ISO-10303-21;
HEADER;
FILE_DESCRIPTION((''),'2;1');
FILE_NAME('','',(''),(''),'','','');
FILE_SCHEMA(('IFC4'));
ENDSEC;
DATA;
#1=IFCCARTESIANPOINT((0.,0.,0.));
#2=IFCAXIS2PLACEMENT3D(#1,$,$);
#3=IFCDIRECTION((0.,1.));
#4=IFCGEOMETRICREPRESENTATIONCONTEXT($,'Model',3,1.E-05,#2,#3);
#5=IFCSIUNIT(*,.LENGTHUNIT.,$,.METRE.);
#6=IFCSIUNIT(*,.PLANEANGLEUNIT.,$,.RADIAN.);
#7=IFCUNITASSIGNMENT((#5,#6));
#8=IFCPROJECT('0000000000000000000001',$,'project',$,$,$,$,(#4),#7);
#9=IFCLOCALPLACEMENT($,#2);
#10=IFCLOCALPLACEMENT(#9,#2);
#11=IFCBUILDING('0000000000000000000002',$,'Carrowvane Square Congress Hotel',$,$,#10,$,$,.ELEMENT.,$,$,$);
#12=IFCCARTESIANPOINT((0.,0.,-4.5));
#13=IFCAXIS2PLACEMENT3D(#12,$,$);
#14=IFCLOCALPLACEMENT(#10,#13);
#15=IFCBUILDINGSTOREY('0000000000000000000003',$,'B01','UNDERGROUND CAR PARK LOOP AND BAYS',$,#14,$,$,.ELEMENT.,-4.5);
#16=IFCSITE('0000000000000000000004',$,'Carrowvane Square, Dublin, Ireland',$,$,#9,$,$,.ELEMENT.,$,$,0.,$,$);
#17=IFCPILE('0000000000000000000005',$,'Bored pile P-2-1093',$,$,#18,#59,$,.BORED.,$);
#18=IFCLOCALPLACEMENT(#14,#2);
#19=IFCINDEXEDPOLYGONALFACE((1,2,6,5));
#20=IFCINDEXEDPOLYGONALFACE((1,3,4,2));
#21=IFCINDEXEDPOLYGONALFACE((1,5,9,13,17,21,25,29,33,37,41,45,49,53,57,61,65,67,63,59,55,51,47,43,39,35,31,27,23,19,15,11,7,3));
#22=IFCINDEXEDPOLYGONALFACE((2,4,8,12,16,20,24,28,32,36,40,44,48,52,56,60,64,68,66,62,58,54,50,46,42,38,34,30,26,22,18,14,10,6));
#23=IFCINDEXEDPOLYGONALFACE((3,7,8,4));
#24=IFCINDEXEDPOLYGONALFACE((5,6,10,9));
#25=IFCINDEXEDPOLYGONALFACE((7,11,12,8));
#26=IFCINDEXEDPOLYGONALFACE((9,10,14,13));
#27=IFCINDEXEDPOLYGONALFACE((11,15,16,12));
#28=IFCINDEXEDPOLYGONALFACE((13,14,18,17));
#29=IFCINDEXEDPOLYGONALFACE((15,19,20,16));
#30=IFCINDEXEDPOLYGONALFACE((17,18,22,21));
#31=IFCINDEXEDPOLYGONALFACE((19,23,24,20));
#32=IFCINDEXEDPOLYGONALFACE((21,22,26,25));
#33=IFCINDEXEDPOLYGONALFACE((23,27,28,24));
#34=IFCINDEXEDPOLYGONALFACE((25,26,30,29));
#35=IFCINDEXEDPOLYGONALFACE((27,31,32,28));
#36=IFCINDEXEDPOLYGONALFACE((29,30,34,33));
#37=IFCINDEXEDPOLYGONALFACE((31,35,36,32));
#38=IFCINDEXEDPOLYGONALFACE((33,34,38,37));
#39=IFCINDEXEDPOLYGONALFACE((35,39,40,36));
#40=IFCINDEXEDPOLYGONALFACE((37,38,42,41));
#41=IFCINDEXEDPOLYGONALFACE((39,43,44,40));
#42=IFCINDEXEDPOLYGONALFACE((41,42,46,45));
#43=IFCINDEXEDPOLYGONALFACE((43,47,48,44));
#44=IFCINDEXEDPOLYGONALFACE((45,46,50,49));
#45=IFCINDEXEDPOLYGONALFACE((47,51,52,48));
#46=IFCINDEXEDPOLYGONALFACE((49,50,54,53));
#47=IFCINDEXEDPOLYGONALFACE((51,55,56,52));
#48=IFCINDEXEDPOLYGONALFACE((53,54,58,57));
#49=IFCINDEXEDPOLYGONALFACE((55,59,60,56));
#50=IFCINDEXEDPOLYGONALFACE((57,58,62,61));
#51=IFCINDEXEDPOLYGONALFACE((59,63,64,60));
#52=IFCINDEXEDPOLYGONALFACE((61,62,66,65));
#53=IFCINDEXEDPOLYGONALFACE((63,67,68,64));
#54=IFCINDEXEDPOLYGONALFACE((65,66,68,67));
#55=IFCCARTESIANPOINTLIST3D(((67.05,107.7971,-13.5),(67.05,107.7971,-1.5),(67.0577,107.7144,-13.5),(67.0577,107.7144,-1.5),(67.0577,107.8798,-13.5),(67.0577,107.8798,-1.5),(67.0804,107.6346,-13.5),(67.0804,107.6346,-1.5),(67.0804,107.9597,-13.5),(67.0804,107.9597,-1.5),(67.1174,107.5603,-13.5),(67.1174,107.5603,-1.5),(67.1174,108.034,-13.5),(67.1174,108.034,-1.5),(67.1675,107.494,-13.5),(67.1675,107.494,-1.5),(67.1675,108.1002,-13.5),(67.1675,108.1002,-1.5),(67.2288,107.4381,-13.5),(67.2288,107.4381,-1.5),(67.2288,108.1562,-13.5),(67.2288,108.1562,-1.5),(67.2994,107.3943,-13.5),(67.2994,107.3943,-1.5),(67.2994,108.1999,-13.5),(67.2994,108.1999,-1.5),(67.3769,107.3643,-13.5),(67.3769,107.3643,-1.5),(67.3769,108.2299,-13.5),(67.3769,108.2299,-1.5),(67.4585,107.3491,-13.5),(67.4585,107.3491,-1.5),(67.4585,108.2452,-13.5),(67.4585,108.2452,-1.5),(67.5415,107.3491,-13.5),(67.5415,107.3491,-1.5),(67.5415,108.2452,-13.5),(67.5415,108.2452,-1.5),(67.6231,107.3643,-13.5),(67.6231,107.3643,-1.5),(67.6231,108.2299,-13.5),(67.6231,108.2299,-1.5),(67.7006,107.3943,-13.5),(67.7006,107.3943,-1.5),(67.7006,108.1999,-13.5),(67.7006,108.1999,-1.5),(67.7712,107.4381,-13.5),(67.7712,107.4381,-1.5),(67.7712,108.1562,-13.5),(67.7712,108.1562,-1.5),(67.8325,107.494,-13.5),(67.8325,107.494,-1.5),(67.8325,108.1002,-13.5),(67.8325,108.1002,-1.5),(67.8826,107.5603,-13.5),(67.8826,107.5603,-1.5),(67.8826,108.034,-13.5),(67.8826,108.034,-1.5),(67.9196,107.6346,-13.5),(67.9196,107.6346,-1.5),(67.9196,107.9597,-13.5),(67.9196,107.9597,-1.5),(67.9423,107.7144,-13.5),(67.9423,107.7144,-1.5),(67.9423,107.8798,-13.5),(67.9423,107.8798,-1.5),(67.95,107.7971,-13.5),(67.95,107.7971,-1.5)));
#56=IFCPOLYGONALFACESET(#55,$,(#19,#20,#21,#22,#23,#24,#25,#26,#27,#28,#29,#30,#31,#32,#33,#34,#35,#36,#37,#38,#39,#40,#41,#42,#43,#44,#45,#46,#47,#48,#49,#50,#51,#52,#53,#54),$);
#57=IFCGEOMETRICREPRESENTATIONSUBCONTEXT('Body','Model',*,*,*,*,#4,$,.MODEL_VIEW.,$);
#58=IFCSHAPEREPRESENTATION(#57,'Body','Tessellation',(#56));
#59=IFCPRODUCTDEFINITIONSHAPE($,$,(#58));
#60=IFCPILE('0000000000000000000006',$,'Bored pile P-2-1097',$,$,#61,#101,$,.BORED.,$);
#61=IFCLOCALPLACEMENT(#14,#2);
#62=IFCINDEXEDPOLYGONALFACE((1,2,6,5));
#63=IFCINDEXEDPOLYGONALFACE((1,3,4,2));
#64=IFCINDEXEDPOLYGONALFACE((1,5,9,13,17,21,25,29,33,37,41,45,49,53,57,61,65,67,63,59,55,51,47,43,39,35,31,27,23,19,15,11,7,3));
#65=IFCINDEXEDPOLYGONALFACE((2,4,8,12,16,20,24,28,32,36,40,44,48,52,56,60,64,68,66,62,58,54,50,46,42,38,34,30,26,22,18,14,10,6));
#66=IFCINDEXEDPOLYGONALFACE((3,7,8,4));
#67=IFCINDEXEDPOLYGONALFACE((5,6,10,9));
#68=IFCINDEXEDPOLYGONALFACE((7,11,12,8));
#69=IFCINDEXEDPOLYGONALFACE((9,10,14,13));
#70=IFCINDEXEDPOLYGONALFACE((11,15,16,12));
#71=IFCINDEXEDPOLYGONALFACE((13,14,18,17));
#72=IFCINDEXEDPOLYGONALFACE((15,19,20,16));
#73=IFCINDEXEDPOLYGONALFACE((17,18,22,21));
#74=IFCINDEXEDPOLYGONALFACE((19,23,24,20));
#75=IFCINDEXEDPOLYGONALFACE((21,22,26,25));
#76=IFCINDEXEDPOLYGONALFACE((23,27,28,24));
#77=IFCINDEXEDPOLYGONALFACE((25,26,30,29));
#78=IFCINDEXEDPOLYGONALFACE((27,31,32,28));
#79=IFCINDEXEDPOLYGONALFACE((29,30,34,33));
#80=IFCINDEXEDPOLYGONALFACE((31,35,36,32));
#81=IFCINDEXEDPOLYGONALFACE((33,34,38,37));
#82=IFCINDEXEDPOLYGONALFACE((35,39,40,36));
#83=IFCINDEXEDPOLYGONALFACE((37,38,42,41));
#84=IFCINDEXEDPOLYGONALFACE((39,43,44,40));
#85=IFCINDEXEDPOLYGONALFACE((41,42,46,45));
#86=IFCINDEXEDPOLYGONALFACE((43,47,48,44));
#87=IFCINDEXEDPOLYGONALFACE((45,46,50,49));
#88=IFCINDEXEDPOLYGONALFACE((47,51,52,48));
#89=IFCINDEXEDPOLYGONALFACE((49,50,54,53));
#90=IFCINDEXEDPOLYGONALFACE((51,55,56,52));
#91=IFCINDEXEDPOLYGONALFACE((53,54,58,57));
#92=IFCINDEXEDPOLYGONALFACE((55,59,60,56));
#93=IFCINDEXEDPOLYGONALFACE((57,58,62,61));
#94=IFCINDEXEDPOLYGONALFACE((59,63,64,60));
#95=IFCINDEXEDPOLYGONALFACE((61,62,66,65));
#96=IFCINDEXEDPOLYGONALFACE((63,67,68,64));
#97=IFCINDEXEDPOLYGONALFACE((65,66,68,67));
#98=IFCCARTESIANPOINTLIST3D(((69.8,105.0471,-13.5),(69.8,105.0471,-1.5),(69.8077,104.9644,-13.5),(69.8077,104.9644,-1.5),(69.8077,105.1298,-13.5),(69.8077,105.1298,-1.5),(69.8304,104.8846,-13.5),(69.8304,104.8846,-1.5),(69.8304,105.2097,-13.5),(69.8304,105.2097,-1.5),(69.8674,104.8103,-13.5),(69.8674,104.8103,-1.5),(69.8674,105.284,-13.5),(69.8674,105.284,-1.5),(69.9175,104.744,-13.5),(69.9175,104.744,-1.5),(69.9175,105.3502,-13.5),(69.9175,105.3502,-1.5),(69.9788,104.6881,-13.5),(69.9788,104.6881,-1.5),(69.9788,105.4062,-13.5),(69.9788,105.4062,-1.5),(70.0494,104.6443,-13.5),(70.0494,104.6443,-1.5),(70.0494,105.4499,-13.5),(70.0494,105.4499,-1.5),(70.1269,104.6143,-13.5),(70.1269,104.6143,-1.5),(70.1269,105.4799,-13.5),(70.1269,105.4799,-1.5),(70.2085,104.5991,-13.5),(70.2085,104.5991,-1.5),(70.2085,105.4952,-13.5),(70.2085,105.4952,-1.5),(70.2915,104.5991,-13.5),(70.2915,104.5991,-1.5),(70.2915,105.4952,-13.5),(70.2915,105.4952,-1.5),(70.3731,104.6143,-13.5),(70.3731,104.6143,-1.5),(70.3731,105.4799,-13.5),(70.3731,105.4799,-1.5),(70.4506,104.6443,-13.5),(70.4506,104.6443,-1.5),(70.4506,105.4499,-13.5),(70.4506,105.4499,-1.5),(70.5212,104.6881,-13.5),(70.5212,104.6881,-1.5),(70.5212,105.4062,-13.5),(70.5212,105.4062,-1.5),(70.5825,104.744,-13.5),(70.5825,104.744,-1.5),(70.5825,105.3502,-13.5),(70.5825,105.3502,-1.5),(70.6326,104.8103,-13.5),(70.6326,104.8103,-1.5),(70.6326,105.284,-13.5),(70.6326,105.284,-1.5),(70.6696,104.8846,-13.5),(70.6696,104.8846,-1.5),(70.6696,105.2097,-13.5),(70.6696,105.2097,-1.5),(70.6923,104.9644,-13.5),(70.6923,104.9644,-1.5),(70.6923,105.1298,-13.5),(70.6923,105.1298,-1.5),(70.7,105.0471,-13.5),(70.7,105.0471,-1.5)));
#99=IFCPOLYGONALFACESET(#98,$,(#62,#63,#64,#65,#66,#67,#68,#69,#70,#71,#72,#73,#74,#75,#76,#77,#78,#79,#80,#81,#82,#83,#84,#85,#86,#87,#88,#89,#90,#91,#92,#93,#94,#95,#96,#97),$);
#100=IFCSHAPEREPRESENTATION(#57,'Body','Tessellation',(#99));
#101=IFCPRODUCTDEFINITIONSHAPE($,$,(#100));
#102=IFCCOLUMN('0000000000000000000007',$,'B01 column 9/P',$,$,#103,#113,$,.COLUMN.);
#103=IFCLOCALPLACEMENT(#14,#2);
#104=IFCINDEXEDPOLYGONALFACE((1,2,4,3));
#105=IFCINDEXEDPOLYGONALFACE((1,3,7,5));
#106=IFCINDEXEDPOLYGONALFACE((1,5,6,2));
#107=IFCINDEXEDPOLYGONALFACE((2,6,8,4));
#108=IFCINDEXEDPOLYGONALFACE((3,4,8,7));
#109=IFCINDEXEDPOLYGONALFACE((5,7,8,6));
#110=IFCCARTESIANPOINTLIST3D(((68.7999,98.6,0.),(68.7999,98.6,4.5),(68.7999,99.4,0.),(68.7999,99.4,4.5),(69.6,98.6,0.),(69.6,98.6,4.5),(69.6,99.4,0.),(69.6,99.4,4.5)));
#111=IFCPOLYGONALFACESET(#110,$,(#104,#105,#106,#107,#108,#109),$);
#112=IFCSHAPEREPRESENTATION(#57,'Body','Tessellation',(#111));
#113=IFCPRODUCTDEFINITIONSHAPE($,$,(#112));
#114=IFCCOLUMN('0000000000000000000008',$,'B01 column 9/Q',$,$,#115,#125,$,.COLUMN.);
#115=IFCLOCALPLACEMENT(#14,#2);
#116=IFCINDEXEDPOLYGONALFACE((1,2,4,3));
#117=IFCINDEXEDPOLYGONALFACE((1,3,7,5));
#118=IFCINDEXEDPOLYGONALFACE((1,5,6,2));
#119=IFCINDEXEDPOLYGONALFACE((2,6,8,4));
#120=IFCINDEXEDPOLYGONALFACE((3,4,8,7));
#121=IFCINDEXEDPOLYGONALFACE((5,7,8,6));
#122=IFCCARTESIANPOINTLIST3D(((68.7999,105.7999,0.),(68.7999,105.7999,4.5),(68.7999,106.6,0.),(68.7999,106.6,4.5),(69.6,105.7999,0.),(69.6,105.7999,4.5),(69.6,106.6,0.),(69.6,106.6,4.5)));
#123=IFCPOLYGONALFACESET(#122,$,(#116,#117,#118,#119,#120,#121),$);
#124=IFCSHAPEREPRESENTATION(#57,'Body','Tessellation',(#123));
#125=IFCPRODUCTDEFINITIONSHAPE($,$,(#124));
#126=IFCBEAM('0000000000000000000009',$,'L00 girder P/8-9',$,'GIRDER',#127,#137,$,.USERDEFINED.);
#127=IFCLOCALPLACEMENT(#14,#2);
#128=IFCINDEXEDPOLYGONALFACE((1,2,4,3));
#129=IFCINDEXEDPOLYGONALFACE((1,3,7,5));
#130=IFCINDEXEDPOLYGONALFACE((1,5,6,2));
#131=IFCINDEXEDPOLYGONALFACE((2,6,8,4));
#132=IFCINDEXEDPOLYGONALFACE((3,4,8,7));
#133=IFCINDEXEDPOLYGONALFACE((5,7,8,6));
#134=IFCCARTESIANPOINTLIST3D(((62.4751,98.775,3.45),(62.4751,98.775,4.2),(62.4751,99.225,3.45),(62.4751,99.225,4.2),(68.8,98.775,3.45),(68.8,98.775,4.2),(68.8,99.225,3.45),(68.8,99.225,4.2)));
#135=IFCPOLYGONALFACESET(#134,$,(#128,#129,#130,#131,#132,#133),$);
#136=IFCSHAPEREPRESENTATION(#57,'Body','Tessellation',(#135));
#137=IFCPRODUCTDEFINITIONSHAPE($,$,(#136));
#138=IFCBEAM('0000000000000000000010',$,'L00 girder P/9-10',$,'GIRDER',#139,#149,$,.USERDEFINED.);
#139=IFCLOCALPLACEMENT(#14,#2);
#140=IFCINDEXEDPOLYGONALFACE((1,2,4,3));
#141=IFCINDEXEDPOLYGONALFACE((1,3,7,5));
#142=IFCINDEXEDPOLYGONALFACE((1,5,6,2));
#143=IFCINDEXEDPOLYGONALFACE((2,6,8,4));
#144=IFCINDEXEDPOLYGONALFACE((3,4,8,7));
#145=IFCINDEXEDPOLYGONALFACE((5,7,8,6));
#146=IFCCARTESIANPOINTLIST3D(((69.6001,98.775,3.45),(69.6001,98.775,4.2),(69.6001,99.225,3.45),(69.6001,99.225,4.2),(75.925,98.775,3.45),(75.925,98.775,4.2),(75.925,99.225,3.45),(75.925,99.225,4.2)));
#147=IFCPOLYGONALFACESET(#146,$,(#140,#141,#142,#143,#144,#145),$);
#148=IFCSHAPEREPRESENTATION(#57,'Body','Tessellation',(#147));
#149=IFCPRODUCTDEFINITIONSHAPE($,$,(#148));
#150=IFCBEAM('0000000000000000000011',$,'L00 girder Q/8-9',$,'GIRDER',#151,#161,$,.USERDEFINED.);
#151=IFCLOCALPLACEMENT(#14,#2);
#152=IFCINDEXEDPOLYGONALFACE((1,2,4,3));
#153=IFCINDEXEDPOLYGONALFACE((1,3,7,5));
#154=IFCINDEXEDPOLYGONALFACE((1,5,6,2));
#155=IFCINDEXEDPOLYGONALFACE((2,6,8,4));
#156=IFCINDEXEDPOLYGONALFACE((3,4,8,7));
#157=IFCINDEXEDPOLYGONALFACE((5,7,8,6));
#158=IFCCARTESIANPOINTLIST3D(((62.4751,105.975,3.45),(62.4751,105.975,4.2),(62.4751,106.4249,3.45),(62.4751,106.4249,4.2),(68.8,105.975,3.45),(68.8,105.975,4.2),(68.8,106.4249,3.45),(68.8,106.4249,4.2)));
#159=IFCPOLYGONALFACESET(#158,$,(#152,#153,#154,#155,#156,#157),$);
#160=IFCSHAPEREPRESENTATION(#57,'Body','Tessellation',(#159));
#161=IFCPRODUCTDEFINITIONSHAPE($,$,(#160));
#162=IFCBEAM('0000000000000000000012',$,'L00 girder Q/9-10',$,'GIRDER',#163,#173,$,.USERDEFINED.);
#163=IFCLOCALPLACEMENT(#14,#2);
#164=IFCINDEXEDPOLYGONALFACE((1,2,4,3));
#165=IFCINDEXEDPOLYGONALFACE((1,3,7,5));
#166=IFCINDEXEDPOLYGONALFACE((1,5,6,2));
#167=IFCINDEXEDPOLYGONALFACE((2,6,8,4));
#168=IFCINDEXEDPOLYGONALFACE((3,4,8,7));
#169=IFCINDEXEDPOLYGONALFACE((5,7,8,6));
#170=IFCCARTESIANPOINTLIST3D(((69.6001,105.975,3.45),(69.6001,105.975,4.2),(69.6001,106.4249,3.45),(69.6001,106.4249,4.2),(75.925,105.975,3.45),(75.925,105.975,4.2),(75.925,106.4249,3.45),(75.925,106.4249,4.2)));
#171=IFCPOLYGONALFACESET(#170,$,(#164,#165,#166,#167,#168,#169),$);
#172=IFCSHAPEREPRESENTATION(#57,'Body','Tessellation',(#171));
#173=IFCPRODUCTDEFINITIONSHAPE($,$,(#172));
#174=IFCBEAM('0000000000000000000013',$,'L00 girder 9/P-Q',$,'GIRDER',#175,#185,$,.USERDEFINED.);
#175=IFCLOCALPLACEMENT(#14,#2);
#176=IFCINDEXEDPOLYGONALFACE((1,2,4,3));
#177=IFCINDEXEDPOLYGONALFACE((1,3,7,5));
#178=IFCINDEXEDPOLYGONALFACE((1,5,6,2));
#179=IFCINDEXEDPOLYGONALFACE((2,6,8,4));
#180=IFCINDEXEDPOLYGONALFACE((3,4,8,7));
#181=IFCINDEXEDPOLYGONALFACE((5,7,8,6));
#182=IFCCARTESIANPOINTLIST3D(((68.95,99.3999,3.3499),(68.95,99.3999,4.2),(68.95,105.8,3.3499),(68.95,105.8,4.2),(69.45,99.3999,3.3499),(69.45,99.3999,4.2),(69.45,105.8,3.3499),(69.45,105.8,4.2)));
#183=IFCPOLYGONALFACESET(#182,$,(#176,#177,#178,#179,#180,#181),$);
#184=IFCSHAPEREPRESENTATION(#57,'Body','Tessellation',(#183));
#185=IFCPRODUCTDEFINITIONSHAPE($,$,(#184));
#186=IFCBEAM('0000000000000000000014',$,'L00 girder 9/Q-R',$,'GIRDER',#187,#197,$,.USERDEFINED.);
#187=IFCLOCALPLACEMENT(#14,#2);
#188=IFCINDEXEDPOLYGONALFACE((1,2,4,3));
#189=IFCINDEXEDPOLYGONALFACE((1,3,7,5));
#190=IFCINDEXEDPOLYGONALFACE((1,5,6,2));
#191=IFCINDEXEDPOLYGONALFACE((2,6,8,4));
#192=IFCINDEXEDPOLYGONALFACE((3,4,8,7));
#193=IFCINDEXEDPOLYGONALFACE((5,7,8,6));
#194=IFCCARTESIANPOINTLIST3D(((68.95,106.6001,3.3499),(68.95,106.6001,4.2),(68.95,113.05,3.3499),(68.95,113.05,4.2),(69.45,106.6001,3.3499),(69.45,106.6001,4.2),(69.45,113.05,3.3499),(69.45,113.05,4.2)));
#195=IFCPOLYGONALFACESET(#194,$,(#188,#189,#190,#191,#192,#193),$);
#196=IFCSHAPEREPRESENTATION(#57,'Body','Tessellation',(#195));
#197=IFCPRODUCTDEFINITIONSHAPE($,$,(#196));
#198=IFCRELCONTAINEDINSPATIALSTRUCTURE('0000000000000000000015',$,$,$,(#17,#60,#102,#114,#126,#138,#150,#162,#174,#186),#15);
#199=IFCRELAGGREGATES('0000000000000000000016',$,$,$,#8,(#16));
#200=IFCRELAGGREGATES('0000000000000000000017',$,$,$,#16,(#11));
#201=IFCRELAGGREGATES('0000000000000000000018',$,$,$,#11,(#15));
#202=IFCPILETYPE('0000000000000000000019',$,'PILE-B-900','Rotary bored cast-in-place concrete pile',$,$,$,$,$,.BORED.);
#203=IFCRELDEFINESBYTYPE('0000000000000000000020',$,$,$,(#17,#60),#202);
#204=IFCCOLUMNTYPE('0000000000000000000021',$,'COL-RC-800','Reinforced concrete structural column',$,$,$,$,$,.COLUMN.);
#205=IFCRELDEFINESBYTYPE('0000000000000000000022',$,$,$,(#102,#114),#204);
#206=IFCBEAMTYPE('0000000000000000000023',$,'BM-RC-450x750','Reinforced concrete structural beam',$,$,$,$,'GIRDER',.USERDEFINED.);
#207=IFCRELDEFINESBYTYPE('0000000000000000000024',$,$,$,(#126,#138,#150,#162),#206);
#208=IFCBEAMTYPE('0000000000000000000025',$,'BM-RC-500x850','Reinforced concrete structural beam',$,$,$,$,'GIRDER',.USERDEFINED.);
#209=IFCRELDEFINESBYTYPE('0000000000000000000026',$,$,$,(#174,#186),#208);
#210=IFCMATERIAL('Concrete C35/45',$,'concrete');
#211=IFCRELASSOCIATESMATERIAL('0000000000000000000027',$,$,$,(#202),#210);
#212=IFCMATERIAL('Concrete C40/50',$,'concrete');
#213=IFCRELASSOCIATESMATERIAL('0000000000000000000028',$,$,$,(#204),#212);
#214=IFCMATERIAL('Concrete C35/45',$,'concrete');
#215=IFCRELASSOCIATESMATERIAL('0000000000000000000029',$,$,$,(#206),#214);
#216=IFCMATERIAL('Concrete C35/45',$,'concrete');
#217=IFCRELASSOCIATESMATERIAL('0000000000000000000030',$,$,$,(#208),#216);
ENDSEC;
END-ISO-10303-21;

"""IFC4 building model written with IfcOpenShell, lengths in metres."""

from ifc_helpers import new_model, si_unit, direction, frame, origin, origin_2d, place, context, subcontext, project, spatial, rectangle, circle, extrude, material, material_profile, profile_set, type_object, element, save


model = new_model("IFC4")

# Units and contexts
model_context = context("Model", 3, precision=1e-05, world=origin(), true_north=direction((0.0, 1.0)))
body_context = subcontext(model_context, "Body", "Model", "MODEL_VIEW")
ifc_project = project(units=[si_unit("LENGTHUNIT", "METRE"), si_unit("PLANEANGLEUNIT", "RADIAN")], contexts=[model_context])

# Site, building, storey
site_placement = place(None, origin())
site = spatial("IfcSite", under=ifc_project, at=site_placement, Name="Carrowvane Square, Dublin, Ireland", CompositionType="ELEMENT", RefElevation=0.0)
building_placement = place(site_placement, origin())
building = spatial("IfcBuilding", under=site, at=building_placement, Name="Carrowvane Square Congress Hotel", CompositionType="ELEMENT")
storey_placement = place(building_placement, frame((0.0, 0.0, -4.5)))
storey = spatial("IfcBuildingStorey", under=building, at=storey_placement, Name="B01", Description="UNDERGROUND CAR PARK LOOP AND BAYS", CompositionType="ELEMENT", Elevation=-4.5)

# Piles
ifc_material_1 = material(Name="Concrete C35/45", Category="concrete")
ifc_material_profile_1 = material_profile(ifc_material_1, circle(Radius=0.45, at=origin_2d()), Name="PILE D900")
ifc_profile_set_1 = profile_set([ifc_material_profile_1], Name="Concrete C35/45")
pile_type_1 = type_object("IfcPileType", Name="PILE-B-900", Description="Rotary bored cast-in-place concrete pile", PredefinedType="BORED", material=ifc_profile_set_1)
for number, where, z_axis, x_axis, name in (
    (1, (67.5, 107.7971, -1.5), (0.0, 0.0, -1.0), (1.0, 0.0, 0.0), "Bored pile P-2-1093"),
    (2, (70.25, 105.0471, -1.5), (0.0, 0.0, -1.0), (1.0, 0.0, 0.0), "Bored pile P-2-1097"),
):
    element("IfcPile", number, at=place(storey_placement, frame(where, z_axis=z_axis, x_axis=x_axis)), inside=storey, type_object=pile_type_1, Name=name, PredefinedType="BORED", context=body_context, shape_type="SweptSolid", body=[
        extrude(circle(Radius=0.45, at=origin_2d()), origin(), (0.0, 0.0, 1.0), 12.0),
    ])

# Columns
ifc_material_2 = material(Name="Concrete C40/50", Category="concrete")
ifc_material_profile_2 = material_profile(ifc_material_2, rectangle(XDim=0.8, YDim=0.8, at=origin_2d()), Name="RC 800x800")
ifc_profile_set_2 = profile_set([ifc_material_profile_2], Name="Concrete C40/50")
column_type = type_object("IfcColumnType", Name="COL-RC-800", Description="Reinforced concrete structural column", PredefinedType="COLUMN", material=ifc_profile_set_2)
for number, where, z_axis, x_axis, name in (
    (3, (69.2, 99.0, 0.0), (0.0, 0.0, 1.0), (1.0, 0.0, 0.0), "B01 column 9/P"),
    (4, (69.2, 106.2, 0.0), (0.0, 0.0, 1.0), (1.0, 0.0, 0.0), "B01 column 9/Q"),
):
    element("IfcColumn", number, at=place(storey_placement, frame(where, z_axis=z_axis, x_axis=x_axis)), inside=storey, type_object=column_type, Name=name, PredefinedType="COLUMN", context=body_context, shape_type="SweptSolid", body=[
        extrude(rectangle(XDim=0.8, YDim=0.8, at=origin_2d()), origin(), (0.0, 0.0, 1.0), 4.5),
    ])

# Beams
ifc_material_3 = material(Name="Concrete C35/45", Category="concrete")
ifc_material_profile_3 = material_profile(ifc_material_3, rectangle(XDim=0.45, YDim=0.75, at=origin_2d()), Name="RC 450x750")
ifc_profile_set_3 = profile_set([ifc_material_profile_3], Name="Concrete C35/45")
beam_type_1 = type_object("IfcBeamType", Name="BM-RC-450x750", Description="Reinforced concrete structural beam", ElementType="GIRDER", PredefinedType="USERDEFINED", material=ifc_profile_set_3)
for number, where, z_axis, x_axis, name in (
    (5, (62.4751, 99.0, 3.825), (1.0, 0.0, 0.0), (0.0, 1.0, 0.0), "L00 girder P/8-9"),
    (6, (69.6001, 99.0, 3.825), (1.0, 0.0, 0.0), (0.0, 1.0, 0.0), "L00 girder P/9-10"),
    (7, (62.4751, 106.2, 3.825), (1.0, 0.0, 0.0), (0.0, 1.0, 0.0), "L00 girder Q/8-9"),
    (8, (69.6001, 106.2, 3.825), (1.0, 0.0, 0.0), (0.0, 1.0, 0.0), "L00 girder Q/9-10"),
):
    element("IfcBeam", number, at=place(storey_placement, frame(where, z_axis=z_axis, x_axis=x_axis)), inside=storey, type_object=beam_type_1, Name=name, ObjectType="GIRDER", PredefinedType="USERDEFINED", context=body_context, shape_type="SweptSolid", body=[
        extrude(rectangle(XDim=0.45, YDim=0.75, at=origin_2d()), origin(), (0.0, 0.0, 1.0), 6.325),
    ])
ifc_material_4 = material(Name="Concrete C35/45", Category="concrete")
ifc_material_profile_4 = material_profile(ifc_material_4, rectangle(XDim=0.5, YDim=0.8501, at=origin_2d()), Name="RC 500x850")
ifc_profile_set_4 = profile_set([ifc_material_profile_4], Name="Concrete C35/45")
beam_type_2 = type_object("IfcBeamType", Name="BM-RC-500x850", Description="Reinforced concrete structural beam", ElementType="GIRDER", PredefinedType="USERDEFINED", material=ifc_profile_set_4)
beam_1_placement = place(storey_placement, frame((69.2, 99.3999, 3.7749), z_axis=(0.0, 1.0, 0.0), x_axis=(-1.0, 0.0, 0.0)))
element("IfcBeam", 9, at=beam_1_placement, inside=storey, type_object=beam_type_2, Name="L00 girder 9/P-Q", ObjectType="GIRDER", PredefinedType="USERDEFINED", context=body_context, shape_type="SweptSolid", body=[
    extrude(rectangle(XDim=0.5, YDim=0.8501, at=origin_2d()), origin(), (0.0, 0.0, 1.0), 6.4001),
])
beam_2_placement = place(storey_placement, frame((69.2, 106.6001, 3.7749), z_axis=(0.0, 1.0, 0.0), x_axis=(-1.0, 0.0, 0.0)))
element("IfcBeam", 10, at=beam_2_placement, inside=storey, type_object=beam_type_2, Name="L00 girder 9/Q-R", ObjectType="GIRDER", PredefinedType="USERDEFINED", context=body_context, shape_type="SweptSolid", body=[
    extrude(rectangle(XDim=0.5, YDim=0.8501, at=origin_2d()), origin(), (0.0, 0.0, 1.0), 6.45),
])

save(model, "model.ifc")
